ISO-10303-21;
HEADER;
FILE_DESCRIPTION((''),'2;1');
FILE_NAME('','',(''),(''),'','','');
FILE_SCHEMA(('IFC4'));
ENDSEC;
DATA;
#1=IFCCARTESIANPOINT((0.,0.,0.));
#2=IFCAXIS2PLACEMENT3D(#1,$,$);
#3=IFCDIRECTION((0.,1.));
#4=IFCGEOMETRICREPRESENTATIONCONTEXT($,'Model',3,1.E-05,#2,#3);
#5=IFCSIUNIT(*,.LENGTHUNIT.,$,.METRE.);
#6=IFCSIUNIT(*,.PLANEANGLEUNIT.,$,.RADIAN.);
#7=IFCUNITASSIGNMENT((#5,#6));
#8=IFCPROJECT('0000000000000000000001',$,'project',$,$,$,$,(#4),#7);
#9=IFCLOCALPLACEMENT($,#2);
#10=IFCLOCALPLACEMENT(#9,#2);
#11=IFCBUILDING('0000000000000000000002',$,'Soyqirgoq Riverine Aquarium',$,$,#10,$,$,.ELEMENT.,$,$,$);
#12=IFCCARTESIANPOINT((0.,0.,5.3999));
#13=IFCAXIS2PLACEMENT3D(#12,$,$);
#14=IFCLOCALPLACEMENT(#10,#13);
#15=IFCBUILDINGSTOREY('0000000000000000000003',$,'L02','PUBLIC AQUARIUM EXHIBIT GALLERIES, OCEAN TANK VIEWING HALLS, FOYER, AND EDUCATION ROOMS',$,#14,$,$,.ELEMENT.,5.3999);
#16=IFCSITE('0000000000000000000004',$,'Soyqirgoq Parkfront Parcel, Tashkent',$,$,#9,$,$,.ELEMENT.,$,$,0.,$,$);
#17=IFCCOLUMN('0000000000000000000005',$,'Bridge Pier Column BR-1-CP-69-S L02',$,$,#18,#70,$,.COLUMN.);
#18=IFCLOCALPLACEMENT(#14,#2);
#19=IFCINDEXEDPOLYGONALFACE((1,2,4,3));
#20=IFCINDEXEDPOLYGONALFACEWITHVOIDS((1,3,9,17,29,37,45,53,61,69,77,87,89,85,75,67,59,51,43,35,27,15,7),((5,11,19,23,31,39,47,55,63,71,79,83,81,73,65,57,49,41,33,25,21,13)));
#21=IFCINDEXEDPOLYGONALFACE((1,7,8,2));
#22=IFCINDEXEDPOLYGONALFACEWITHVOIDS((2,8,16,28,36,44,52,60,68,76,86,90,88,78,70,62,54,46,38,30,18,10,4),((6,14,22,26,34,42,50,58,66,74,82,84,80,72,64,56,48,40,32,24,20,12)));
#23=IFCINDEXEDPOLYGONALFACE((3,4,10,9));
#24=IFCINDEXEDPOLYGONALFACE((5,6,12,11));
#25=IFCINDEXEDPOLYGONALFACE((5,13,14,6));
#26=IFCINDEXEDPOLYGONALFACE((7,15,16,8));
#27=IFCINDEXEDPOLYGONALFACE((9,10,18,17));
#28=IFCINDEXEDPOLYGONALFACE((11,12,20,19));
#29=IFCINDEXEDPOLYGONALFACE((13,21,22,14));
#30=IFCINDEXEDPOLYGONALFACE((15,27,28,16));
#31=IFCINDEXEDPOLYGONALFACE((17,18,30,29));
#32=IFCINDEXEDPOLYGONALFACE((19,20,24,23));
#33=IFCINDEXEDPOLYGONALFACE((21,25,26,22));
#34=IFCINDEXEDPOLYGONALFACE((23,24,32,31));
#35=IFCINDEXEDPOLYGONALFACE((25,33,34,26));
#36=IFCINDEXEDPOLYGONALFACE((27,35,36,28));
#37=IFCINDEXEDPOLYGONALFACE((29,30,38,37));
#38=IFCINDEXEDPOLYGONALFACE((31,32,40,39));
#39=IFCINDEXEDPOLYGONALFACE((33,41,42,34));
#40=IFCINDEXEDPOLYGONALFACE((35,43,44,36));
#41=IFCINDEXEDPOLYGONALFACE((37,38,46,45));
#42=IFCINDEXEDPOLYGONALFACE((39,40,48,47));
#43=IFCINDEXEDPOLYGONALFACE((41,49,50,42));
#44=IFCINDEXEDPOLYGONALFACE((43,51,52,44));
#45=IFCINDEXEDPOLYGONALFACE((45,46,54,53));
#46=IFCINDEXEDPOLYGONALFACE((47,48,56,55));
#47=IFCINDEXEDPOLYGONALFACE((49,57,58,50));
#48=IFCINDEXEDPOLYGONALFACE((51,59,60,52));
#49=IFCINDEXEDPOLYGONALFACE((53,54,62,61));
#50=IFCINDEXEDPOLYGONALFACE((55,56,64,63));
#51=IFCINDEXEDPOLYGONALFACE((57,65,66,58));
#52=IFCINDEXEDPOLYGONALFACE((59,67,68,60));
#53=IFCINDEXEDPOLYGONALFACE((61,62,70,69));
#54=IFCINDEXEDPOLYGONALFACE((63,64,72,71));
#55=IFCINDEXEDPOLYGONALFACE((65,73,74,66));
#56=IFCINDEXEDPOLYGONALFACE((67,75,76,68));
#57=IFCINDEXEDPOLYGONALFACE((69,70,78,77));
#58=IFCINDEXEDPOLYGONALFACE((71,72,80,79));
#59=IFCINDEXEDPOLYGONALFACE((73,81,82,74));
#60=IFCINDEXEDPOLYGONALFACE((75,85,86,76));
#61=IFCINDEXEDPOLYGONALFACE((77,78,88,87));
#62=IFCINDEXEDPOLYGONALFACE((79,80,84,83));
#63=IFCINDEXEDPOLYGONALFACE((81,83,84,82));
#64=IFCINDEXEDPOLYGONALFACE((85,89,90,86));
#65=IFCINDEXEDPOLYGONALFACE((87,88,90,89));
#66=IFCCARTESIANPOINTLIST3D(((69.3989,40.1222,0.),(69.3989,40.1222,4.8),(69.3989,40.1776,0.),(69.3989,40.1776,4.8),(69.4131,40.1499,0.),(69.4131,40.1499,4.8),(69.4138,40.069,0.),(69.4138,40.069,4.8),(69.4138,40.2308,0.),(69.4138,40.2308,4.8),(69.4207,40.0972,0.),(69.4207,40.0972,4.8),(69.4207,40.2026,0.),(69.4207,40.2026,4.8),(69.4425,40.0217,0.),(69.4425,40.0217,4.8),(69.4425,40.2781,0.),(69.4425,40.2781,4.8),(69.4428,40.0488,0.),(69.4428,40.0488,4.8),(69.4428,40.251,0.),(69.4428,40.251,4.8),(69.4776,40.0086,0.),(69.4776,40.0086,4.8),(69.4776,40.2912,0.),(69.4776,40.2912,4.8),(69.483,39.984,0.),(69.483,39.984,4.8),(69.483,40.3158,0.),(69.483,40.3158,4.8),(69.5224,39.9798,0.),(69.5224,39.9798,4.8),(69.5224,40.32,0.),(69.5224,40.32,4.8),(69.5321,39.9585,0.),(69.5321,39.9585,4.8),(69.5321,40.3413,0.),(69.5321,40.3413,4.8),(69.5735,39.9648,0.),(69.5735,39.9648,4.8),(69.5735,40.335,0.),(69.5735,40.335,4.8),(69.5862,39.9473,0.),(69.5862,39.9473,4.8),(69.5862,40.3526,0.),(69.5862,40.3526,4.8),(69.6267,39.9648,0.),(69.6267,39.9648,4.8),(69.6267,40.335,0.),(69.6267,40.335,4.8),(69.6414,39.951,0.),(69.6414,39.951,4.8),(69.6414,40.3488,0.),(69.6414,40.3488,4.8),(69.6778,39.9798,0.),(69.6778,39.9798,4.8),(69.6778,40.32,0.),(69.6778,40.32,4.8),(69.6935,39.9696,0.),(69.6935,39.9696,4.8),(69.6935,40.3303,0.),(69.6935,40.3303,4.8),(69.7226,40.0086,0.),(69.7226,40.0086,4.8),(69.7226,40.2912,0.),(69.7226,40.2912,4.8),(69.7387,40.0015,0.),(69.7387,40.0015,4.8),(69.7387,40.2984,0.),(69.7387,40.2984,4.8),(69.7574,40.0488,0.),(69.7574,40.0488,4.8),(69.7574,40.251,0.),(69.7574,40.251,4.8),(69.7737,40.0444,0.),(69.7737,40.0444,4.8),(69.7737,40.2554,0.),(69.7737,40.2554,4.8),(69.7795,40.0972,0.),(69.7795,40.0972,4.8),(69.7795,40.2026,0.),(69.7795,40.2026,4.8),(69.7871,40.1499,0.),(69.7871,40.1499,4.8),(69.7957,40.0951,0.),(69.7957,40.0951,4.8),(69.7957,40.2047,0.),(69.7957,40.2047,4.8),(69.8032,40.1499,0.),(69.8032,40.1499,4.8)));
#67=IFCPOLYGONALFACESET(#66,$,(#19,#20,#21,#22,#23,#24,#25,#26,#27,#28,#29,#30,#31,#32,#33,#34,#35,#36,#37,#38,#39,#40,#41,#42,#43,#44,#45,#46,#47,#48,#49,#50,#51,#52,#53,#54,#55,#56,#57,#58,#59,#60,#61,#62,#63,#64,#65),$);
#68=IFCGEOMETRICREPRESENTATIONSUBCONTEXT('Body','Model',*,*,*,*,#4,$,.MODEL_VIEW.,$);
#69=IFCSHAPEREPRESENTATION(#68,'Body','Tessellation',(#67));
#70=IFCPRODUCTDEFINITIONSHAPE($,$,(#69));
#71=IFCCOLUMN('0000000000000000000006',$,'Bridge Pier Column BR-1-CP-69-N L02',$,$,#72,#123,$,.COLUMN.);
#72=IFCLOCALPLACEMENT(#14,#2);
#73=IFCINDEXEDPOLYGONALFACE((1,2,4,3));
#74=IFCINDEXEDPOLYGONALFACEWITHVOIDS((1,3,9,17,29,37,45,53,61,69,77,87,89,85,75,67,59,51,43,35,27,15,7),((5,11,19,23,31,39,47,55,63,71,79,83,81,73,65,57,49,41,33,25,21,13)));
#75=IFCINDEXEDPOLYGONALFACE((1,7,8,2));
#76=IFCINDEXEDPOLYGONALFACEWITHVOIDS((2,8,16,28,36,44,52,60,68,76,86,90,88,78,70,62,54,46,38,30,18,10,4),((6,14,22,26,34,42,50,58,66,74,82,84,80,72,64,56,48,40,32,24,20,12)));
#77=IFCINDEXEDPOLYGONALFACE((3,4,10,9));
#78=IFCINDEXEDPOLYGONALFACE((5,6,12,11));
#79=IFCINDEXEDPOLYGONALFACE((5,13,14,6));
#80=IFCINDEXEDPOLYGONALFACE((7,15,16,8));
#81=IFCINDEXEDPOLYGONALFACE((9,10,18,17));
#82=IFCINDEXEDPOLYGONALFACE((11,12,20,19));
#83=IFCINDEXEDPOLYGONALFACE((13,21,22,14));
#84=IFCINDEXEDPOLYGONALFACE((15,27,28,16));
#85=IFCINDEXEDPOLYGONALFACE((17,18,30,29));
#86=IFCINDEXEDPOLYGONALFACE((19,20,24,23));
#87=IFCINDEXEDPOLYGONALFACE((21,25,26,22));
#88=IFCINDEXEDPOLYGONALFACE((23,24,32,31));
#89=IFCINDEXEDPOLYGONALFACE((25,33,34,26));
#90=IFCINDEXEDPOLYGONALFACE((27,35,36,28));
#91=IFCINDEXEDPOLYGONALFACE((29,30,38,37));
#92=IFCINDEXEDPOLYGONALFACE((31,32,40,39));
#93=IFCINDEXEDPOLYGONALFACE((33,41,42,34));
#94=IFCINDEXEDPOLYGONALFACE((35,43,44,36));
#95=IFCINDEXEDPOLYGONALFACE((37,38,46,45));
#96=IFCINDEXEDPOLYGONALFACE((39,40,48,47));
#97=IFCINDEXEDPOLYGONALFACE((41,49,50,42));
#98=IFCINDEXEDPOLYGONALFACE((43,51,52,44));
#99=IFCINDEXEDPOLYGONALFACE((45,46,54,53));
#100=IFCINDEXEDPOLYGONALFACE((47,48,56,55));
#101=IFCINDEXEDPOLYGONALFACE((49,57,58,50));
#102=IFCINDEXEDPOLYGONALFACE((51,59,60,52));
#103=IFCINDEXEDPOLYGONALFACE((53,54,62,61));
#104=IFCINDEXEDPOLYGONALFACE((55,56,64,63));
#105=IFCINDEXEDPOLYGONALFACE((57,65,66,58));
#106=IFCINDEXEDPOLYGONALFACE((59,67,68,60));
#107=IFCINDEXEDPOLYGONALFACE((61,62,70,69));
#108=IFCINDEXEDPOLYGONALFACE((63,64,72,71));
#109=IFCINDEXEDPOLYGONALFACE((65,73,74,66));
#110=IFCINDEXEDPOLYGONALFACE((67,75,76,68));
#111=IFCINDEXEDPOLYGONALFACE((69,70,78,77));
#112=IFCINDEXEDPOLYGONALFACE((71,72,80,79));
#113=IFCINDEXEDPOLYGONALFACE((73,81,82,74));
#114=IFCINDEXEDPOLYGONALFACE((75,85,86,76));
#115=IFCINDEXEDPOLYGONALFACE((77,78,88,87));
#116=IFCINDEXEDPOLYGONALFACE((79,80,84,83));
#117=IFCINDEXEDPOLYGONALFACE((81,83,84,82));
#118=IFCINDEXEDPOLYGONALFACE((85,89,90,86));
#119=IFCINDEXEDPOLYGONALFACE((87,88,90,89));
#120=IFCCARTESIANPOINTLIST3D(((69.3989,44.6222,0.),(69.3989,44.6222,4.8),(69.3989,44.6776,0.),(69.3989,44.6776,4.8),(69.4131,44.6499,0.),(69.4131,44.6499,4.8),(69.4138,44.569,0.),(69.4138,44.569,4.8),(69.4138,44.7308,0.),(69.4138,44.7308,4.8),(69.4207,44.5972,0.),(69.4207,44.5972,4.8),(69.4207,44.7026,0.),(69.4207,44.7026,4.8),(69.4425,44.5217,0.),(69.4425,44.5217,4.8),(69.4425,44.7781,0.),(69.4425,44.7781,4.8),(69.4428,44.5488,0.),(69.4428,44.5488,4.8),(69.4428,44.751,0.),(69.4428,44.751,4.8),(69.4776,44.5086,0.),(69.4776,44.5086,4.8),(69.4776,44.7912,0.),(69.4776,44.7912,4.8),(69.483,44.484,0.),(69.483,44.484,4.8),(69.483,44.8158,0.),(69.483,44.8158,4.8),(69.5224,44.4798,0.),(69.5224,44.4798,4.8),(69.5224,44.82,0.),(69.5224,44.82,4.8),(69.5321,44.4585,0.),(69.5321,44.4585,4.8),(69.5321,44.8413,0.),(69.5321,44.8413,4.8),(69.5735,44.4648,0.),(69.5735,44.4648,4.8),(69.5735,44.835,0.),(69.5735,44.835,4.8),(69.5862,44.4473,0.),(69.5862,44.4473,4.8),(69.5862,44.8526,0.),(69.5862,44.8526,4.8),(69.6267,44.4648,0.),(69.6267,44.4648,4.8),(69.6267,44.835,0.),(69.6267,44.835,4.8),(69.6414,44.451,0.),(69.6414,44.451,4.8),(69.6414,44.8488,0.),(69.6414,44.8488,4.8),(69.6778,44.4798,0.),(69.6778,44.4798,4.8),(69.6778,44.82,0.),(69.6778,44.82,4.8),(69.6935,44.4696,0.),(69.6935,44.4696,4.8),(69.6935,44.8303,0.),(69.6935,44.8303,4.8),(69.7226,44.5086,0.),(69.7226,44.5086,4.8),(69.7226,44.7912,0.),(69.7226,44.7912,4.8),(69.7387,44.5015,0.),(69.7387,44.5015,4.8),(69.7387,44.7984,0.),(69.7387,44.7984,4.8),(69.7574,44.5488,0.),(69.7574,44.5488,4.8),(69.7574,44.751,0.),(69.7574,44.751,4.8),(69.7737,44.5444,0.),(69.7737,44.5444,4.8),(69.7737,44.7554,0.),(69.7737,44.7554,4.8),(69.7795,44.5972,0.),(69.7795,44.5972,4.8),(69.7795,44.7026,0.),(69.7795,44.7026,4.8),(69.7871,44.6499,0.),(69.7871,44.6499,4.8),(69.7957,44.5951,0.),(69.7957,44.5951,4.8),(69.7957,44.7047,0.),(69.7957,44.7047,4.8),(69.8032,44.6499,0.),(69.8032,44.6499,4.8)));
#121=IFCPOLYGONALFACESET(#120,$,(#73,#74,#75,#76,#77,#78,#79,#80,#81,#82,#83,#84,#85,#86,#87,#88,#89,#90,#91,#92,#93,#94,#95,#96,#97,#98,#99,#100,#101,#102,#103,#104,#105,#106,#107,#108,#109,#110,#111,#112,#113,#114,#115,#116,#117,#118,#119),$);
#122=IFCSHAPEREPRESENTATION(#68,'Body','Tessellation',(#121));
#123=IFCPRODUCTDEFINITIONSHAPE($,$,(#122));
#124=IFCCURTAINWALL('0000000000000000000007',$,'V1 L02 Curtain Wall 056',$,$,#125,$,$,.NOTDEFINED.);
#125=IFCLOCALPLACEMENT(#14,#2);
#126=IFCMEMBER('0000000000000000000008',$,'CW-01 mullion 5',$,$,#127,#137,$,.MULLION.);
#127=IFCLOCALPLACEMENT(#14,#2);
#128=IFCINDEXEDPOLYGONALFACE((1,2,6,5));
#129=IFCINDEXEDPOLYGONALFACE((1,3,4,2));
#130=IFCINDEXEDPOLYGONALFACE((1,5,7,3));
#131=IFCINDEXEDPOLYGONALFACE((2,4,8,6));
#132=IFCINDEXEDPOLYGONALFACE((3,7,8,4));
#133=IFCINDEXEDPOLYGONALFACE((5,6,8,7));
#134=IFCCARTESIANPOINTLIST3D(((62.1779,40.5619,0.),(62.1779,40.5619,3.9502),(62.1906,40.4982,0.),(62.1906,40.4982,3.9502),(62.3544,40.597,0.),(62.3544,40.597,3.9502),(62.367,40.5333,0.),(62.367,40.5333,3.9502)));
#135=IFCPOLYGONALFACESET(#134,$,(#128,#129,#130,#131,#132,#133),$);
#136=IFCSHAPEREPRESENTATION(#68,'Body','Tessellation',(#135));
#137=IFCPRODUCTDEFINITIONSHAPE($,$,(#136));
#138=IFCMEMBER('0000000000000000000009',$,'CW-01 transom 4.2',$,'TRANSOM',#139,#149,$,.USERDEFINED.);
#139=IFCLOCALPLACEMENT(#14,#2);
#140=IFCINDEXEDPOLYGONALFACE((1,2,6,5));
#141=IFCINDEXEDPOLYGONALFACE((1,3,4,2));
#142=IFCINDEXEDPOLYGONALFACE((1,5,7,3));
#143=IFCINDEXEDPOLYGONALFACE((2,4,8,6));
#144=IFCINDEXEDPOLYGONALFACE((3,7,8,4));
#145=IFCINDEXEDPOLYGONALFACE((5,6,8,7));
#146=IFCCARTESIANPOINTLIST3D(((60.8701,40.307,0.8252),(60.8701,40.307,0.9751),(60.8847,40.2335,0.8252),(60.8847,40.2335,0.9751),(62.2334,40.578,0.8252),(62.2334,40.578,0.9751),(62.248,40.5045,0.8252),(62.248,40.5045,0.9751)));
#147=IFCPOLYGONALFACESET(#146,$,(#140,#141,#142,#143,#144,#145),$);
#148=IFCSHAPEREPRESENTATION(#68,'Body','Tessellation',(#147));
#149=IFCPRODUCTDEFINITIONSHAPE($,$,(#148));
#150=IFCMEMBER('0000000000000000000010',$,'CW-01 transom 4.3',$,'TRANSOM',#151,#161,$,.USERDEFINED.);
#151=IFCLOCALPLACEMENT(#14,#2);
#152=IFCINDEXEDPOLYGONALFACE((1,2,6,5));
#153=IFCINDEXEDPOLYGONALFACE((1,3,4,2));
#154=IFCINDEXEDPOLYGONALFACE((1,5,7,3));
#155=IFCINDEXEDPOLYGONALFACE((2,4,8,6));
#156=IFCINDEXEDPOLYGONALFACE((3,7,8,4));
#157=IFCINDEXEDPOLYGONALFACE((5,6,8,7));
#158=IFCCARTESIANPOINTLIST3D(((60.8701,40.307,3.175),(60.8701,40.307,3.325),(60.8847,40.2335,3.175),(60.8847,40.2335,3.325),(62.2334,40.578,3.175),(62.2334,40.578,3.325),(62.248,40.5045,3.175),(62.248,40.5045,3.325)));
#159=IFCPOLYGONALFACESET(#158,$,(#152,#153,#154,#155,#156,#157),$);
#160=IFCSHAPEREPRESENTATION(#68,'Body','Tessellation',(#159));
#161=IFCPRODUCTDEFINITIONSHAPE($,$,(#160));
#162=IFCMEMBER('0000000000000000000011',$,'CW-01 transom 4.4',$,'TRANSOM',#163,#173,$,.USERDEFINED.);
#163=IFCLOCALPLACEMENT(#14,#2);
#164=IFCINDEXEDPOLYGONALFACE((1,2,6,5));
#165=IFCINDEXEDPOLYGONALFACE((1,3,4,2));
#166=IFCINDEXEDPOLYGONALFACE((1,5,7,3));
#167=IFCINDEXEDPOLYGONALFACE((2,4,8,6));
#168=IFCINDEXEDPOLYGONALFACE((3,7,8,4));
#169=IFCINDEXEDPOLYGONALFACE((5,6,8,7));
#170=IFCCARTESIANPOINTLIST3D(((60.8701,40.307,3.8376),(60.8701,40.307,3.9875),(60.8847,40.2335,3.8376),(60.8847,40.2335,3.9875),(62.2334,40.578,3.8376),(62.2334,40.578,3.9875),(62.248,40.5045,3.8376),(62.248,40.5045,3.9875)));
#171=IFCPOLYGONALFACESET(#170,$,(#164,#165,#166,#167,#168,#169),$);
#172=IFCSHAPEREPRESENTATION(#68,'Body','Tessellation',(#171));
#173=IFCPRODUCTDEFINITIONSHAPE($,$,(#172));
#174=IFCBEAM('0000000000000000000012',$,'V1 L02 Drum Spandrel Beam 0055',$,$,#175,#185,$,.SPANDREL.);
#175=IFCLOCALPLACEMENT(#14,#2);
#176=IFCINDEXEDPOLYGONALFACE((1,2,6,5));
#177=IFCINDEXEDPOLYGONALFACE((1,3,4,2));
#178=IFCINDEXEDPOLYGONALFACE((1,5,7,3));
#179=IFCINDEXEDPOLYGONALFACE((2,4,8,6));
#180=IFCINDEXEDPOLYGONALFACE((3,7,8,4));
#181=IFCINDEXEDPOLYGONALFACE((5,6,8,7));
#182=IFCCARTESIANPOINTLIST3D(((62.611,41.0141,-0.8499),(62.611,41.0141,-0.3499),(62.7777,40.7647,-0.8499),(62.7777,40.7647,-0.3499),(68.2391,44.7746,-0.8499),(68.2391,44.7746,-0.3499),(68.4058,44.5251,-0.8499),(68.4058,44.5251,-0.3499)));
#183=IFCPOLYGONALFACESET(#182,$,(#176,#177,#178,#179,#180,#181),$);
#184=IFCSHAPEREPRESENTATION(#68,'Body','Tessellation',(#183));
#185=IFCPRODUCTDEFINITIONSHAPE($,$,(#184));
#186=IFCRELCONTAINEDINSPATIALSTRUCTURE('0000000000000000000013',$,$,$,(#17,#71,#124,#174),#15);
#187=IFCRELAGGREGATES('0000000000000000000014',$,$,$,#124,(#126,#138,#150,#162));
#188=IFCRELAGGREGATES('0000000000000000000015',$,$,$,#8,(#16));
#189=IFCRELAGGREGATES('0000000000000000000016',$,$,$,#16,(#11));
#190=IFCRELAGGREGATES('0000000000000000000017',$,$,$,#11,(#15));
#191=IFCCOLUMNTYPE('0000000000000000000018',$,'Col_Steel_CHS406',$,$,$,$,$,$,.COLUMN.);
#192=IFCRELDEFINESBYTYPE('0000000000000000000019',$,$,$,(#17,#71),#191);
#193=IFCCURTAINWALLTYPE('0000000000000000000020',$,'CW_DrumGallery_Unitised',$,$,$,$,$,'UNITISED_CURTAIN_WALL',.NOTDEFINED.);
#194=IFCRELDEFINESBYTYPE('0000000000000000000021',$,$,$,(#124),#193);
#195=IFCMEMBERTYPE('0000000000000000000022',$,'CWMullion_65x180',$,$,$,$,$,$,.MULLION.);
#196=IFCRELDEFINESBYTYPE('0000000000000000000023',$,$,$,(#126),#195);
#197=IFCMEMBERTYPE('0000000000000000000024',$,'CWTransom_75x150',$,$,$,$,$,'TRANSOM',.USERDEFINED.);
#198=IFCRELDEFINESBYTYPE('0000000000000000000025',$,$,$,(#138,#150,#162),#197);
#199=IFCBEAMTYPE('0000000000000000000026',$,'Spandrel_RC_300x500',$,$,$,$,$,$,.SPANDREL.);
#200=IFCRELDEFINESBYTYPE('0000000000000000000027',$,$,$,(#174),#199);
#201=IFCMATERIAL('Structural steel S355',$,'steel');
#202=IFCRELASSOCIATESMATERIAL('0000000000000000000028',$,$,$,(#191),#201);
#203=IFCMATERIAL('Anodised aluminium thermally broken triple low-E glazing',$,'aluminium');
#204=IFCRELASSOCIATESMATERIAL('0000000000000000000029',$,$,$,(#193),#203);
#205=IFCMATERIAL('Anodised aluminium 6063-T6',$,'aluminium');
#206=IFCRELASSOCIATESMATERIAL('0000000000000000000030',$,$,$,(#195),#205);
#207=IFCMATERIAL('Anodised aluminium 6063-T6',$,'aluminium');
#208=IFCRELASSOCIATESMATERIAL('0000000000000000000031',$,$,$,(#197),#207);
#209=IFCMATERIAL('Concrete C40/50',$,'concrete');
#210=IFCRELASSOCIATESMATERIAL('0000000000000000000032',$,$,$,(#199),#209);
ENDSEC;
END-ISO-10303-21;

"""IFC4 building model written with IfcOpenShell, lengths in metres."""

from ifc_helpers import new_model, si_unit, direction, frame, origin, origin_2d, place, context, subcontext, project, spatial, rectangle, hollow_circle, extrude, material, material_profile, profile_set, type_object, element, aggregate, save


model = new_model("IFC4")

# Units and contexts
model_context = context("Model", 3, precision=1e-05, world=origin(), true_north=direction((0.0, 1.0)))
body_context = subcontext(model_context, "Body", "Model", "MODEL_VIEW")
ifc_project = project(units=[si_unit("LENGTHUNIT", "METRE"), si_unit("PLANEANGLEUNIT", "RADIAN")], contexts=[model_context])

# Site, building, storey
site_placement = place(None, origin())
site = spatial("IfcSite", under=ifc_project, at=site_placement, Name="Soyqirgoq Parkfront Parcel, Tashkent", CompositionType="ELEMENT", RefElevation=0.0)
building_placement = place(site_placement, origin())
building = spatial("IfcBuilding", under=site, at=building_placement, Name="Soyqirgoq Riverine Aquarium", CompositionType="ELEMENT")
storey_placement = place(building_placement, frame((0.0, 0.0, 5.3999)))
storey = spatial("IfcBuildingStorey", under=building, at=storey_placement, Name="L02", Description="PUBLIC AQUARIUM EXHIBIT GALLERIES, OCEAN TANK VIEWING HALLS, FOYER, AND EDUCATION ROOMS", CompositionType="ELEMENT", Elevation=5.3999)

# Columns
ifc_material_1 = material(Name="Structural steel S355", Category="steel")
ifc_material_profile_1 = material_profile(ifc_material_1, hollow_circle(Radius=0.2031, WallThickness=0.0161, at=origin_2d()), Name="CHS 406.4x16")
ifc_profile_set_1 = profile_set([ifc_material_profile_1], Name="Structural steel S355")
column_type_1 = type_object("IfcColumnType", Name="Col_Steel_CHS406", PredefinedType="COLUMN", material=ifc_profile_set_1)
for number, where, z_axis, x_axis, name in (
    (1, (69.6001, 40.1499, 0.0), (0.0, 0.0, 1.0), (1.0, 0.0, 0.0), "Bridge Pier Column BR-1-CP-69-S L02"),
    (2, (69.6001, 44.6499, 0.0), (0.0, 0.0, 1.0), (1.0, 0.0, 0.0), "Bridge Pier Column BR-1-CP-69-N L02"),
):
    element("IfcColumn", number, at=place(storey_placement, frame(where, z_axis=z_axis, x_axis=x_axis)), inside=storey, type_object=column_type_1, Name=name, PredefinedType="COLUMN", context=body_context, shape_type="SweptSolid", body=[
        extrude(hollow_circle(Radius=0.2031, WallThickness=0.0161, at=origin_2d()), origin(), (0.0, 0.0, 1.0), 4.8),
    ])

# Curtain wall, members
ifc_material_2 = material(Name="Anodised aluminium thermally broken triple low-E glazing", Category="aluminium")
curtain_wall_type = type_object("IfcCurtainWallType", Name="CW_DrumGallery_Unitised", ElementType="UNITISED_CURTAIN_WALL", PredefinedType="NOTDEFINED", material=ifc_material_2)
curtain_wall_placement = place(storey_placement, origin())
curtain_wall = element("IfcCurtainWall", 3, at=curtain_wall_placement, inside=storey, type_object=curtain_wall_type, Name="V1 L02 Curtain Wall 056", PredefinedType="NOTDEFINED")
ifc_material_3 = material(Name="Anodised aluminium 6063-T6", Category="aluminium")
ifc_material_profile_2 = material_profile(ifc_material_3, rectangle(XDim=0.0649, YDim=0.1799, at=origin_2d()), Name="ALU-M 65x180")
ifc_profile_set_2 = profile_set([ifc_material_profile_2], Name="Anodised aluminium 6063-T6")
member_type_1 = type_object("IfcMemberType", Name="CWMullion_65x180", PredefinedType="MULLION", material=ifc_profile_set_2)
member_1_placement = place(storey_placement, frame((62.2725, 40.5476, 0.0), z_axis=(0.0, 0.0, 1.0), x_axis=(-0.195088, 0.980786, 0.0)))
member_1 = element("IfcMember", 4, at=member_1_placement, type_object=member_type_1, Name="CW-01 mullion 5", PredefinedType="MULLION", context=body_context, shape_type="SweptSolid", body=[
    extrude(rectangle(XDim=0.0649, YDim=0.1799, at=origin_2d()), origin(), (0.0, 0.0, 1.0), 3.9502),
])
ifc_material_4 = material(Name="Anodised aluminium 6063-T6", Category="aluminium")
ifc_material_profile_3 = material_profile(ifc_material_4, rectangle(XDim=0.075, YDim=0.1499, at=origin_2d()), Name="ALU-T 75x150")
ifc_profile_set_3 = profile_set([ifc_material_profile_3], Name="Anodised aluminium 6063-T6")
member_type_2 = type_object("IfcMemberType", Name="CWTransom_75x150", ElementType="TRANSOM", PredefinedType="USERDEFINED", material=ifc_profile_set_3)
member_2_placement = place(storey_placement, frame((60.8774, 40.2703, 0.9001), z_axis=(0.98081, 0.194968, 0.0), x_axis=(-0.194968, 0.98081, 0.0)))
member_2 = element("IfcMember", 5, at=member_2_placement, type_object=member_type_2, Name="CW-01 transom 4.2", ObjectType="TRANSOM", PredefinedType="USERDEFINED", context=body_context, shape_type="SweptSolid", body=[
    extrude(rectangle(XDim=0.075, YDim=0.1499, at=origin_2d()), origin(), (0.0, 0.0, 1.0), 1.3899),
])
member_3_placement = place(storey_placement, frame((60.8774, 40.2703, 3.25), z_axis=(0.98081, 0.194968, 0.0), x_axis=(-0.194968, 0.98081, 0.0)))
member_3 = element("IfcMember", 6, at=member_3_placement, type_object=member_type_2, Name="CW-01 transom 4.3", ObjectType="TRANSOM", PredefinedType="USERDEFINED", context=body_context, shape_type="SweptSolid", body=[
    extrude(rectangle(XDim=0.075, YDim=0.1499, at=origin_2d()), origin(), (0.0, 0.0, 1.0), 1.3899),
])
member_4_placement = place(storey_placement, frame((60.8774, 40.2703, 3.9126), z_axis=(0.98081, 0.194968, 0.0), x_axis=(-0.194968, 0.98081, 0.0)))
member_4 = element("IfcMember", 7, at=member_4_placement, type_object=member_type_2, Name="CW-01 transom 4.4", ObjectType="TRANSOM", PredefinedType="USERDEFINED", context=body_context, shape_type="SweptSolid", body=[
    extrude(rectangle(XDim=0.075, YDim=0.1499, at=origin_2d()), origin(), (0.0, 0.0, 1.0), 1.3899),
])

# Beam
ifc_material_5 = material(Name="Concrete C40/50", Category="concrete")
ifc_material_profile_4 = material_profile(ifc_material_5, rectangle(XDim=0.3, YDim=0.5, at=origin_2d()), Name="RC 300x500")
ifc_profile_set_4 = profile_set([ifc_material_profile_4], Name="Concrete C40/50")
beam_type_1 = type_object("IfcBeamType", Name="Spandrel_RC_300x500", PredefinedType="SPANDREL", material=ifc_profile_set_4)
beam_1_placement = place(storey_placement, frame((62.6943, 40.8894, -0.5999), z_axis=(0.831478, 0.555557, 0.0), x_axis=(-0.555557, 0.831478, 0.0)))
element("IfcBeam", 8, at=beam_1_placement, inside=storey, type_object=beam_type_1, Name="V1 L02 Drum Spandrel Beam 0055", PredefinedType="SPANDREL", context=body_context, shape_type="SweptSolid", body=[
    extrude(rectangle(XDim=0.3, YDim=0.5, at=origin_2d()), origin(), (0.0, 0.0, 1.0), 6.7688),
])

aggregate(curtain_wall, [member_1, member_2, member_3, member_4])

save(model, "model.ifc")
